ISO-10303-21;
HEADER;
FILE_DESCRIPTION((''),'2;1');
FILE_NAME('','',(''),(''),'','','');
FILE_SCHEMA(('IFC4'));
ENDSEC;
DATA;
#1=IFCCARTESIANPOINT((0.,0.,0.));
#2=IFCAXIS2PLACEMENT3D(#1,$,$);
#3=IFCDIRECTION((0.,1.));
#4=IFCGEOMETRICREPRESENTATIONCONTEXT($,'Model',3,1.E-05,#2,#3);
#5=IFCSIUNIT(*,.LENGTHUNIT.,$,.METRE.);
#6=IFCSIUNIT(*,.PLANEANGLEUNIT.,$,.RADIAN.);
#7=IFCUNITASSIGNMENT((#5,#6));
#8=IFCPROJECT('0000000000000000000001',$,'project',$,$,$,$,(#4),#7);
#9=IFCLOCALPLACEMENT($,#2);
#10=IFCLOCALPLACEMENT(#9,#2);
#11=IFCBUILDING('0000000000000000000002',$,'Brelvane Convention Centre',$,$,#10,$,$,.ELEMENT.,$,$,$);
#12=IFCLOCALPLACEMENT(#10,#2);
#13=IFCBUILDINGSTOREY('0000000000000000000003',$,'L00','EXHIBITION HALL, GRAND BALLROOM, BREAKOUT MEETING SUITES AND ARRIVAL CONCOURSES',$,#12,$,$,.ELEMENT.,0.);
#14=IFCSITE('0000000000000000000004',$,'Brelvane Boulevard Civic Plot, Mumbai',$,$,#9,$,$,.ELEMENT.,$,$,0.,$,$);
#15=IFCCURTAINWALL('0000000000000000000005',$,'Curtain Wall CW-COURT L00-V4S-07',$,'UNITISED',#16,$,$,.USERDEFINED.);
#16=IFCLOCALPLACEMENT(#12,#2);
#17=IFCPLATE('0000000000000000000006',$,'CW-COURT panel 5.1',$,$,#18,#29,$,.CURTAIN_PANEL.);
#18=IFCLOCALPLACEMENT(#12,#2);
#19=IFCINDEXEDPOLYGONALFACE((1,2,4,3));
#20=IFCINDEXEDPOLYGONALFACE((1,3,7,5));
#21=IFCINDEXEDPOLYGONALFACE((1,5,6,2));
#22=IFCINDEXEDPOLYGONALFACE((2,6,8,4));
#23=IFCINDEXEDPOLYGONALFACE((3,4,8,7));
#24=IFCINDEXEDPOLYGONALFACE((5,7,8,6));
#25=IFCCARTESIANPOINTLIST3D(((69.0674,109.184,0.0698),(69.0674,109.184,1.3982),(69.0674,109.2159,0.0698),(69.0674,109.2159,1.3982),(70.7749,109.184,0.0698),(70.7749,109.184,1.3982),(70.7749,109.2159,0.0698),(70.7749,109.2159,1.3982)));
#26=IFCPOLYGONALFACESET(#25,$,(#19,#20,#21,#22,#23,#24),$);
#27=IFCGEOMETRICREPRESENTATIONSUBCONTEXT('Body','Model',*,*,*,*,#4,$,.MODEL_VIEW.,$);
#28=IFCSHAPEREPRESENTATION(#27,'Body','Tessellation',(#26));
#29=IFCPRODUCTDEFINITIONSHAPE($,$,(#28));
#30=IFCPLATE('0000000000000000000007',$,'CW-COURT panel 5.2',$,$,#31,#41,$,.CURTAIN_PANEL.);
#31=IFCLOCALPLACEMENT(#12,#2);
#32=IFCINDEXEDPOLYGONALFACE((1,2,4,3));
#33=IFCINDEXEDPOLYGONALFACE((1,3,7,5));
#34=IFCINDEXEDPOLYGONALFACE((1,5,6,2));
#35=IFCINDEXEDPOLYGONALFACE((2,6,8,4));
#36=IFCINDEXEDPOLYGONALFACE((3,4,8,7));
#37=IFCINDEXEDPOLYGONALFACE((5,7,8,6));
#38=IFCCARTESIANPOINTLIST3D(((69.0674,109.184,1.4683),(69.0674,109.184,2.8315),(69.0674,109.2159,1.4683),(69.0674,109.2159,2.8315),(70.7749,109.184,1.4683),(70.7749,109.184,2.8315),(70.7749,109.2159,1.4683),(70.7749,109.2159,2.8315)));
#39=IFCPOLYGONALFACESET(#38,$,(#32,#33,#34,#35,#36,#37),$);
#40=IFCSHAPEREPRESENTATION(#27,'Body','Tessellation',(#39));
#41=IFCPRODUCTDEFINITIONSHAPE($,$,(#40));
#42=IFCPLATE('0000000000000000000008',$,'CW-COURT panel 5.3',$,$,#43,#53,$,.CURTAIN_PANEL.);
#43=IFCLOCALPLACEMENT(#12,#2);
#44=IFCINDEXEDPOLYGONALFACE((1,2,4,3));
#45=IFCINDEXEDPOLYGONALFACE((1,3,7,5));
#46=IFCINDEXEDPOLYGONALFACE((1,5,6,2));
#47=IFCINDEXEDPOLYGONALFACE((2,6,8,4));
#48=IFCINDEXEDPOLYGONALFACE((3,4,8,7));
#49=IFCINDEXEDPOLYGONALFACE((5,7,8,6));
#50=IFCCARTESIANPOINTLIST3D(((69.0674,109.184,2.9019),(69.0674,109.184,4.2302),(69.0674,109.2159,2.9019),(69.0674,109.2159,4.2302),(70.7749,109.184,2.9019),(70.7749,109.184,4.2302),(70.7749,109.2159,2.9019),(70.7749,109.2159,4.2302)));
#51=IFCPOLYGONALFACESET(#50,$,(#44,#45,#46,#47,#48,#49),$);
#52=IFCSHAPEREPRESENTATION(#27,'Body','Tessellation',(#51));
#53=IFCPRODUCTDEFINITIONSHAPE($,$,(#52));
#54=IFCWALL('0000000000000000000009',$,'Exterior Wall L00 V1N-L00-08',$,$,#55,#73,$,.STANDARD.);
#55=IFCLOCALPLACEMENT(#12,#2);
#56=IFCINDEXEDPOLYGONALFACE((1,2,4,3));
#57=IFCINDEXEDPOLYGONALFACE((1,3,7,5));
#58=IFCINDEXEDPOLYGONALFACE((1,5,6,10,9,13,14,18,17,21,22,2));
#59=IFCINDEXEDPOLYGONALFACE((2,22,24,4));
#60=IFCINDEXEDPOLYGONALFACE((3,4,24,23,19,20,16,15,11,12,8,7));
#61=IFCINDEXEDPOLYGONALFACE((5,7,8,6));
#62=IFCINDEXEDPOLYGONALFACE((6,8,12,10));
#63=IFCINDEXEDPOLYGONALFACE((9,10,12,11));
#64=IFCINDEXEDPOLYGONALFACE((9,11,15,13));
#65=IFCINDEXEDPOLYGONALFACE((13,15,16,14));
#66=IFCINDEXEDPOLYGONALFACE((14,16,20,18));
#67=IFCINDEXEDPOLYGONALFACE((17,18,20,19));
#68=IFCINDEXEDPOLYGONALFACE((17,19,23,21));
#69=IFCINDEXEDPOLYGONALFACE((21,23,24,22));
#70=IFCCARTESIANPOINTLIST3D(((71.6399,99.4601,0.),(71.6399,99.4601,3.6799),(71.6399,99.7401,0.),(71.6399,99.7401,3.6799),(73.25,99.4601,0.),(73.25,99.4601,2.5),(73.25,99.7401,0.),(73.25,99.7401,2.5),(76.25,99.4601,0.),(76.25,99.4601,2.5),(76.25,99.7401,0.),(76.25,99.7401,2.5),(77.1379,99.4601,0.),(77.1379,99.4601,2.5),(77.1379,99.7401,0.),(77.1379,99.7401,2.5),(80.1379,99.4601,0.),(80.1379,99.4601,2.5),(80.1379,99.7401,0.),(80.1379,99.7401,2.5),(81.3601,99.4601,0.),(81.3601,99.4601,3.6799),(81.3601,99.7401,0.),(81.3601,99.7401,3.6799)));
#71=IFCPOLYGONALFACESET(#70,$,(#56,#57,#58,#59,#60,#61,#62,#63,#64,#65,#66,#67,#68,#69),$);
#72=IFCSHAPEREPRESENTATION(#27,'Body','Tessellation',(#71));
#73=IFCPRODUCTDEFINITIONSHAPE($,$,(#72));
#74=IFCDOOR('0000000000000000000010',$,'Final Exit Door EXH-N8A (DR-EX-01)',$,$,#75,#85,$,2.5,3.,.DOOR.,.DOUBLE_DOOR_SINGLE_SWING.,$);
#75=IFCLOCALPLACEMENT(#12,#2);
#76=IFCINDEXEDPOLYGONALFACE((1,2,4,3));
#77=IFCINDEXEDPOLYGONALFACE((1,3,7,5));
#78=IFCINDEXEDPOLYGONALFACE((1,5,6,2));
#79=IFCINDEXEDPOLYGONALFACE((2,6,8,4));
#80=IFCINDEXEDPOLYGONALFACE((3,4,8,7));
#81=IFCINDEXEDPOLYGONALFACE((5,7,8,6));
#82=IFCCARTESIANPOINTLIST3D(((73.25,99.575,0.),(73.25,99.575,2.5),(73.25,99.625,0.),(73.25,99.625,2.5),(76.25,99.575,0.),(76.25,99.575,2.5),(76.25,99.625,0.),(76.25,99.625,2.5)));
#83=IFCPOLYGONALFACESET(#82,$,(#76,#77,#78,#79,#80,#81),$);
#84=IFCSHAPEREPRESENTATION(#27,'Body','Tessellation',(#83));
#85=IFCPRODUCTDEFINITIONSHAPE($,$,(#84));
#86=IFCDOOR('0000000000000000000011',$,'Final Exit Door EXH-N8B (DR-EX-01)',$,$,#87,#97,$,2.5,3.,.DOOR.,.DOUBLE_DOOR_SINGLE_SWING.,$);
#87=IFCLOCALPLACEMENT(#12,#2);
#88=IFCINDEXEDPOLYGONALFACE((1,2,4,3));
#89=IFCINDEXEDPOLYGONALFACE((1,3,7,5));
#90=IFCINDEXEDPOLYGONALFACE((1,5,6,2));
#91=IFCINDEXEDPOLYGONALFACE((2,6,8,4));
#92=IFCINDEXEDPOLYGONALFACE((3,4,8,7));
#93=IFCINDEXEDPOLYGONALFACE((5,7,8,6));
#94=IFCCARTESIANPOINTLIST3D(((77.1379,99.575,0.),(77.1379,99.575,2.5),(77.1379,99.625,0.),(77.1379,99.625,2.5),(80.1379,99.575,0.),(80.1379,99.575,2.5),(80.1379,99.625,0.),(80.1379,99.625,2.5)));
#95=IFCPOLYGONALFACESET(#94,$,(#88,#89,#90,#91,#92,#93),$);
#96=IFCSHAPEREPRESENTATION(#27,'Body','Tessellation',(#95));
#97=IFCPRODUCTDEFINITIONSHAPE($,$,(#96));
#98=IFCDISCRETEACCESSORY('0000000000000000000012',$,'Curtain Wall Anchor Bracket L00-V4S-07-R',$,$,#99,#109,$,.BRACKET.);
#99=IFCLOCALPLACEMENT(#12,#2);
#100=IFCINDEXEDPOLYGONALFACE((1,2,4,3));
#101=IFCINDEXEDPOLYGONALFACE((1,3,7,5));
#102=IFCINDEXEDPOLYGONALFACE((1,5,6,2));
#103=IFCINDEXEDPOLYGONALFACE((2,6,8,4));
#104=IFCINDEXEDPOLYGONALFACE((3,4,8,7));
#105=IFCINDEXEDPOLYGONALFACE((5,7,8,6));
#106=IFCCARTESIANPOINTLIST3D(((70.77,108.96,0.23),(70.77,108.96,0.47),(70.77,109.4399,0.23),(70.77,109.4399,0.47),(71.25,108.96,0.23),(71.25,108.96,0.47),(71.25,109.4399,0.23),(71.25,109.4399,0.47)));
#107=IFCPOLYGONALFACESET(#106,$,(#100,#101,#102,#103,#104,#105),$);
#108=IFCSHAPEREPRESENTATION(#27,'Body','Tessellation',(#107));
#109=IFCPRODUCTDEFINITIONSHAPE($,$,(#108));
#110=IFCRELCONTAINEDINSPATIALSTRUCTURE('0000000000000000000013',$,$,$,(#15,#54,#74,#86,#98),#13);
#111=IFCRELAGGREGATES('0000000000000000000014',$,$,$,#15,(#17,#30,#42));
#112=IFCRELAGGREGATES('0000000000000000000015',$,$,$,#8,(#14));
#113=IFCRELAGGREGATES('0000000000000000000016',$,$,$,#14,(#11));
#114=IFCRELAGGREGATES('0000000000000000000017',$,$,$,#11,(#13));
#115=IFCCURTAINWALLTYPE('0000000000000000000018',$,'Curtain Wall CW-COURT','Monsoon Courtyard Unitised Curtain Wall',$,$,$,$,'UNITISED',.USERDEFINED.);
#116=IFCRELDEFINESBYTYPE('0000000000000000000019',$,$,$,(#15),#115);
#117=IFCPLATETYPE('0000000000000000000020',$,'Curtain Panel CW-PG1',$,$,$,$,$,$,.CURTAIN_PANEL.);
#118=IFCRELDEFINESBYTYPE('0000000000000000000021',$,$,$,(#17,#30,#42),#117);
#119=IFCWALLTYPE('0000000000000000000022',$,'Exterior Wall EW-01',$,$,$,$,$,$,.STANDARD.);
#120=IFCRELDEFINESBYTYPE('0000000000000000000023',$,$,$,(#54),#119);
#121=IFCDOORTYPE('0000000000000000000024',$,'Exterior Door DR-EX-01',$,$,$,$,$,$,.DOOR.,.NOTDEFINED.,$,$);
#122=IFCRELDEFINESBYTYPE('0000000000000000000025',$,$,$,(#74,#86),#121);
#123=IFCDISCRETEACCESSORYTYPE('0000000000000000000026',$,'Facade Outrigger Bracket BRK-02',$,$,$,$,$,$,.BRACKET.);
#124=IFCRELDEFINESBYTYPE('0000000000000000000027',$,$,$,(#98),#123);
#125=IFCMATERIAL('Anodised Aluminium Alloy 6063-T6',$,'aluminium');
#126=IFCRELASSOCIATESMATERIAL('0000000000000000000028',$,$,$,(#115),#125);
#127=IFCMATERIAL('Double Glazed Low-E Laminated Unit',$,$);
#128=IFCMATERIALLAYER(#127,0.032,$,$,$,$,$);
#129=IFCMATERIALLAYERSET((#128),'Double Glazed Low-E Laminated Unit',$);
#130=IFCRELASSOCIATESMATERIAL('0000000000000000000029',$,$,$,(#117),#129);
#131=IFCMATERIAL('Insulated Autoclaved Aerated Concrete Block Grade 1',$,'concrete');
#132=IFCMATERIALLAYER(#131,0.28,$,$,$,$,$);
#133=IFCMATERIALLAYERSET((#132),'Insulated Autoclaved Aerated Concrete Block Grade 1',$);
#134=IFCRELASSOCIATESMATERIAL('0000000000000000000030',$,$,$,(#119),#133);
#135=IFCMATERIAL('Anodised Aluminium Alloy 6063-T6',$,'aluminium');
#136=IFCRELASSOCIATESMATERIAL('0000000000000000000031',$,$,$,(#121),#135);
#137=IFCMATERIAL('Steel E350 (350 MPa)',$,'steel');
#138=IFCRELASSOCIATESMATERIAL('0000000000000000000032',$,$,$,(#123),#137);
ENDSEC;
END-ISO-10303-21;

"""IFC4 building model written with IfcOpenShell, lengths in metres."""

from ifc_helpers import new_model, si_unit, direction, frame, frame_2d, origin, origin_2d, place, context, subcontext, project, spatial, rectangle, extrude, material, layer, layer_set, type_object, element, fill, aggregate, save


model = new_model("IFC4")

# Units and contexts
model_context = context("Model", 3, precision=1e-05, world=origin(), true_north=direction((0.0, 1.0)))
body_context = subcontext(model_context, "Body", "Model", "MODEL_VIEW")
ifc_project = project(units=[si_unit("LENGTHUNIT", "METRE"), si_unit("PLANEANGLEUNIT", "RADIAN")], contexts=[model_context])

# Site, building, storey
site_placement = place(None, origin())
site = spatial("IfcSite", under=ifc_project, at=site_placement, Name="Brelvane Boulevard Civic Plot, Mumbai", CompositionType="ELEMENT", RefElevation=0.0)
building_placement = place(site_placement, origin())
building = spatial("IfcBuilding", under=site, at=building_placement, Name="Brelvane Convention Centre", CompositionType="ELEMENT")
storey_placement = place(building_placement, origin())
storey = spatial("IfcBuildingStorey", under=building, at=storey_placement, Name="L00", Description="EXHIBITION HALL, GRAND BALLROOM, BREAKOUT MEETING SUITES AND ARRIVAL CONCOURSES", CompositionType="ELEMENT", Elevation=0.0)

# Curtain wall
ifc_material_1 = material(Name="Anodised Aluminium Alloy 6063-T6", Category="aluminium")
curtain_wall_type = type_object("IfcCurtainWallType", Name="Curtain Wall CW-COURT", Description="Monsoon Courtyard Unitised Curtain Wall", ElementType="UNITISED", PredefinedType="USERDEFINED", material=ifc_material_1)
curtain_wall_placement = place(storey_placement, origin())
curtain_wall = element("IfcCurtainWall", 1, at=curtain_wall_placement, inside=storey, type_object=curtain_wall_type, Name="Curtain Wall CW-COURT L00-V4S-07", ObjectType="UNITISED", PredefinedType="USERDEFINED")

# Plates
ifc_material_2 = material(Name="Double Glazed Low-E Laminated Unit")
ifc_layer_1 = layer(ifc_material_2, 0.032)
ifc_layer_set_1 = layer_set([ifc_layer_1], Name="Double Glazed Low-E Laminated Unit")
plate_type = type_object("IfcPlateType", Name="Curtain Panel CW-PG1", PredefinedType="CURTAIN_PANEL", material=ifc_layer_set_1)
plate_1_placement = place(storey_placement, frame((69.9211, 109.2, 0.0698), z_axis=(0.0, 0.0, 1.0), x_axis=(1.0, 0.0, 0.0)))
plate_1 = element("IfcPlate", 2, at=plate_1_placement, type_object=plate_type, Name="CW-COURT panel 5.1", PredefinedType="CURTAIN_PANEL", context=body_context, shape_type="SweptSolid", body=[
    extrude(rectangle(XDim=1.7075, YDim=0.032, at=origin_2d()), origin(), (0.0, 0.0, 1.0), 1.3284),
])
plate_2_placement = place(storey_placement, frame((69.9211, 109.2, 1.4683), z_axis=(0.0, 0.0, 1.0), x_axis=(1.0, 0.0, 0.0)))
plate_2 = element("IfcPlate", 3, at=plate_2_placement, type_object=plate_type, Name="CW-COURT panel 5.2", PredefinedType="CURTAIN_PANEL", context=body_context, shape_type="SweptSolid", body=[
    extrude(rectangle(XDim=1.7075, YDim=0.032, at=origin_2d()), origin(), (0.0, 0.0, 1.0), 1.3633),
])
plate_3_placement = place(storey_placement, frame((69.9211, 109.2, 2.9019), z_axis=(0.0, 0.0, 1.0), x_axis=(1.0, 0.0, 0.0)))
plate_3 = element("IfcPlate", 4, at=plate_3_placement, type_object=plate_type, Name="CW-COURT panel 5.3", PredefinedType="CURTAIN_PANEL", context=body_context, shape_type="SweptSolid", body=[
    extrude(rectangle(XDim=1.7075, YDim=0.032, at=origin_2d()), origin(), (0.0, 0.0, 1.0), 1.3284),
])
aggregate(curtain_wall, [plate_1, plate_2, plate_3])

# Wall, openings, doors
ifc_material_3 = material(Name="Insulated Autoclaved Aerated Concrete Block Grade 1", Category="concrete")
ifc_layer_2 = layer(ifc_material_3, 0.28)
ifc_layer_set_2 = layer_set([ifc_layer_2], Name="Insulated Autoclaved Aerated Concrete Block Grade 1")
wall_type_1 = type_object("IfcWallType", Name="Exterior Wall EW-01", PredefinedType="STANDARD", material=ifc_layer_set_2)
wall_1_placement = place(storey_placement, frame((71.6399, 99.6001, 0.0), z_axis=(0.0, 0.0, 1.0), x_axis=(1.0, 0.0, 0.0)))
wall_1 = element("IfcWall", 5, at=wall_1_placement, inside=storey, type_object=wall_type_1, Name="Exterior Wall L00 V1N-L00-08", PredefinedType="STANDARD", context=body_context, shape_type="SweptSolid", body=[
    extrude(rectangle(XDim=9.7202, YDim=0.28, at=frame_2d((4.8601, 0.0))), origin(), (0.0, 0.0, 1.0), 3.6799),
])
opening_1_placement = place(wall_1_placement, frame((1.6101, 0.0, 0.0)))
opening_1 = element("IfcOpeningElement", 6, at=opening_1_placement, cuts=wall_1, PredefinedType="OPENING", context=body_context, shape_type="SweptSolid", body=[
    extrude(rectangle(XDim=3.0, YDim=2.5, at=frame_2d((1.5, 1.25))), frame((0.0, 0.1499, 0.0), z_axis=(0.0, -1.0, 0.0), x_axis=(1.0, 0.0, 0.0)), (0.0, 0.0, 1.0), 0.3),
])
opening_2_placement = place(wall_1_placement, frame((5.498, 0.0, 0.0)))
opening_2 = element("IfcOpeningElement", 7, at=opening_2_placement, cuts=wall_1, PredefinedType="OPENING", context=body_context, shape_type="SweptSolid", body=[
    extrude(rectangle(XDim=3.0, YDim=2.5, at=frame_2d((1.5, 1.25))), frame((0.0, 0.1499, 0.0), z_axis=(0.0, -1.0, 0.0), x_axis=(1.0, 0.0, 0.0)), (0.0, 0.0, 1.0), 0.3),
])
ifc_material_4 = material(Name="Anodised Aluminium Alloy 6063-T6", Category="aluminium")
door_type_1 = type_object("IfcDoorType", Name="Exterior Door DR-EX-01", OperationType="NOTDEFINED", PredefinedType="DOOR", material=ifc_material_4)
door_1_placement = place(opening_1_placement, origin())
door_1 = element("IfcDoor", 8, at=door_1_placement, inside=storey, type_object=door_type_1, Name="Final Exit Door EXH-N8A (DR-EX-01)", OperationType="DOUBLE_DOOR_SINGLE_SWING", OverallHeight=2.5, OverallWidth=3.0, PredefinedType="DOOR", context=body_context, shape_type="SweptSolid", body=[
    extrude(rectangle(XDim=3.0, YDim=2.5, at=frame_2d((1.5, 1.25))), frame((0.0, 0.0249, 0.0), z_axis=(0.0, -1.0, 0.0), x_axis=(1.0, 0.0, 0.0)), (0.0, 0.0, 1.0), 0.05),
])
fill(opening_1, door_1)
door_2_placement = place(opening_2_placement, origin())
door_2 = element("IfcDoor", 9, at=door_2_placement, inside=storey, type_object=door_type_1, Name="Final Exit Door EXH-N8B (DR-EX-01)", OperationType="DOUBLE_DOOR_SINGLE_SWING", OverallHeight=2.5, OverallWidth=3.0, PredefinedType="DOOR", context=body_context, shape_type="SweptSolid", body=[
    extrude(rectangle(XDim=3.0, YDim=2.5, at=frame_2d((1.5, 1.25))), frame((0.0, 0.0249, 0.0), z_axis=(0.0, -1.0, 0.0), x_axis=(1.0, 0.0, 0.0)), (0.0, 0.0, 1.0), 0.05),
])
fill(opening_2, door_2)

# Discrete accessory
ifc_material_5 = material(Name="Steel E350 (350 MPa)", Category="steel")
discrete_accessory_type = type_object("IfcDiscreteAccessoryType", Name="Facade Outrigger Bracket BRK-02", PredefinedType="BRACKET", material=ifc_material_5)
discrete_accessory_placement = place(storey_placement, frame((71.01, 109.2, 0.23), z_axis=(0.0, 0.0, 1.0), x_axis=(1.0, 0.0, 0.0)))
element("IfcDiscreteAccessory", 10, at=discrete_accessory_placement, inside=storey, type_object=discrete_accessory_type, Name="Curtain Wall Anchor Bracket L00-V4S-07-R", PredefinedType="BRACKET", context=body_context, shape_type="SweptSolid", body=[
    extrude(rectangle(XDim=0.48, YDim=0.48, at=origin_2d()), origin(), (0.0, 0.0, 1.0), 0.24),
])

save(model, "model.ifc")
